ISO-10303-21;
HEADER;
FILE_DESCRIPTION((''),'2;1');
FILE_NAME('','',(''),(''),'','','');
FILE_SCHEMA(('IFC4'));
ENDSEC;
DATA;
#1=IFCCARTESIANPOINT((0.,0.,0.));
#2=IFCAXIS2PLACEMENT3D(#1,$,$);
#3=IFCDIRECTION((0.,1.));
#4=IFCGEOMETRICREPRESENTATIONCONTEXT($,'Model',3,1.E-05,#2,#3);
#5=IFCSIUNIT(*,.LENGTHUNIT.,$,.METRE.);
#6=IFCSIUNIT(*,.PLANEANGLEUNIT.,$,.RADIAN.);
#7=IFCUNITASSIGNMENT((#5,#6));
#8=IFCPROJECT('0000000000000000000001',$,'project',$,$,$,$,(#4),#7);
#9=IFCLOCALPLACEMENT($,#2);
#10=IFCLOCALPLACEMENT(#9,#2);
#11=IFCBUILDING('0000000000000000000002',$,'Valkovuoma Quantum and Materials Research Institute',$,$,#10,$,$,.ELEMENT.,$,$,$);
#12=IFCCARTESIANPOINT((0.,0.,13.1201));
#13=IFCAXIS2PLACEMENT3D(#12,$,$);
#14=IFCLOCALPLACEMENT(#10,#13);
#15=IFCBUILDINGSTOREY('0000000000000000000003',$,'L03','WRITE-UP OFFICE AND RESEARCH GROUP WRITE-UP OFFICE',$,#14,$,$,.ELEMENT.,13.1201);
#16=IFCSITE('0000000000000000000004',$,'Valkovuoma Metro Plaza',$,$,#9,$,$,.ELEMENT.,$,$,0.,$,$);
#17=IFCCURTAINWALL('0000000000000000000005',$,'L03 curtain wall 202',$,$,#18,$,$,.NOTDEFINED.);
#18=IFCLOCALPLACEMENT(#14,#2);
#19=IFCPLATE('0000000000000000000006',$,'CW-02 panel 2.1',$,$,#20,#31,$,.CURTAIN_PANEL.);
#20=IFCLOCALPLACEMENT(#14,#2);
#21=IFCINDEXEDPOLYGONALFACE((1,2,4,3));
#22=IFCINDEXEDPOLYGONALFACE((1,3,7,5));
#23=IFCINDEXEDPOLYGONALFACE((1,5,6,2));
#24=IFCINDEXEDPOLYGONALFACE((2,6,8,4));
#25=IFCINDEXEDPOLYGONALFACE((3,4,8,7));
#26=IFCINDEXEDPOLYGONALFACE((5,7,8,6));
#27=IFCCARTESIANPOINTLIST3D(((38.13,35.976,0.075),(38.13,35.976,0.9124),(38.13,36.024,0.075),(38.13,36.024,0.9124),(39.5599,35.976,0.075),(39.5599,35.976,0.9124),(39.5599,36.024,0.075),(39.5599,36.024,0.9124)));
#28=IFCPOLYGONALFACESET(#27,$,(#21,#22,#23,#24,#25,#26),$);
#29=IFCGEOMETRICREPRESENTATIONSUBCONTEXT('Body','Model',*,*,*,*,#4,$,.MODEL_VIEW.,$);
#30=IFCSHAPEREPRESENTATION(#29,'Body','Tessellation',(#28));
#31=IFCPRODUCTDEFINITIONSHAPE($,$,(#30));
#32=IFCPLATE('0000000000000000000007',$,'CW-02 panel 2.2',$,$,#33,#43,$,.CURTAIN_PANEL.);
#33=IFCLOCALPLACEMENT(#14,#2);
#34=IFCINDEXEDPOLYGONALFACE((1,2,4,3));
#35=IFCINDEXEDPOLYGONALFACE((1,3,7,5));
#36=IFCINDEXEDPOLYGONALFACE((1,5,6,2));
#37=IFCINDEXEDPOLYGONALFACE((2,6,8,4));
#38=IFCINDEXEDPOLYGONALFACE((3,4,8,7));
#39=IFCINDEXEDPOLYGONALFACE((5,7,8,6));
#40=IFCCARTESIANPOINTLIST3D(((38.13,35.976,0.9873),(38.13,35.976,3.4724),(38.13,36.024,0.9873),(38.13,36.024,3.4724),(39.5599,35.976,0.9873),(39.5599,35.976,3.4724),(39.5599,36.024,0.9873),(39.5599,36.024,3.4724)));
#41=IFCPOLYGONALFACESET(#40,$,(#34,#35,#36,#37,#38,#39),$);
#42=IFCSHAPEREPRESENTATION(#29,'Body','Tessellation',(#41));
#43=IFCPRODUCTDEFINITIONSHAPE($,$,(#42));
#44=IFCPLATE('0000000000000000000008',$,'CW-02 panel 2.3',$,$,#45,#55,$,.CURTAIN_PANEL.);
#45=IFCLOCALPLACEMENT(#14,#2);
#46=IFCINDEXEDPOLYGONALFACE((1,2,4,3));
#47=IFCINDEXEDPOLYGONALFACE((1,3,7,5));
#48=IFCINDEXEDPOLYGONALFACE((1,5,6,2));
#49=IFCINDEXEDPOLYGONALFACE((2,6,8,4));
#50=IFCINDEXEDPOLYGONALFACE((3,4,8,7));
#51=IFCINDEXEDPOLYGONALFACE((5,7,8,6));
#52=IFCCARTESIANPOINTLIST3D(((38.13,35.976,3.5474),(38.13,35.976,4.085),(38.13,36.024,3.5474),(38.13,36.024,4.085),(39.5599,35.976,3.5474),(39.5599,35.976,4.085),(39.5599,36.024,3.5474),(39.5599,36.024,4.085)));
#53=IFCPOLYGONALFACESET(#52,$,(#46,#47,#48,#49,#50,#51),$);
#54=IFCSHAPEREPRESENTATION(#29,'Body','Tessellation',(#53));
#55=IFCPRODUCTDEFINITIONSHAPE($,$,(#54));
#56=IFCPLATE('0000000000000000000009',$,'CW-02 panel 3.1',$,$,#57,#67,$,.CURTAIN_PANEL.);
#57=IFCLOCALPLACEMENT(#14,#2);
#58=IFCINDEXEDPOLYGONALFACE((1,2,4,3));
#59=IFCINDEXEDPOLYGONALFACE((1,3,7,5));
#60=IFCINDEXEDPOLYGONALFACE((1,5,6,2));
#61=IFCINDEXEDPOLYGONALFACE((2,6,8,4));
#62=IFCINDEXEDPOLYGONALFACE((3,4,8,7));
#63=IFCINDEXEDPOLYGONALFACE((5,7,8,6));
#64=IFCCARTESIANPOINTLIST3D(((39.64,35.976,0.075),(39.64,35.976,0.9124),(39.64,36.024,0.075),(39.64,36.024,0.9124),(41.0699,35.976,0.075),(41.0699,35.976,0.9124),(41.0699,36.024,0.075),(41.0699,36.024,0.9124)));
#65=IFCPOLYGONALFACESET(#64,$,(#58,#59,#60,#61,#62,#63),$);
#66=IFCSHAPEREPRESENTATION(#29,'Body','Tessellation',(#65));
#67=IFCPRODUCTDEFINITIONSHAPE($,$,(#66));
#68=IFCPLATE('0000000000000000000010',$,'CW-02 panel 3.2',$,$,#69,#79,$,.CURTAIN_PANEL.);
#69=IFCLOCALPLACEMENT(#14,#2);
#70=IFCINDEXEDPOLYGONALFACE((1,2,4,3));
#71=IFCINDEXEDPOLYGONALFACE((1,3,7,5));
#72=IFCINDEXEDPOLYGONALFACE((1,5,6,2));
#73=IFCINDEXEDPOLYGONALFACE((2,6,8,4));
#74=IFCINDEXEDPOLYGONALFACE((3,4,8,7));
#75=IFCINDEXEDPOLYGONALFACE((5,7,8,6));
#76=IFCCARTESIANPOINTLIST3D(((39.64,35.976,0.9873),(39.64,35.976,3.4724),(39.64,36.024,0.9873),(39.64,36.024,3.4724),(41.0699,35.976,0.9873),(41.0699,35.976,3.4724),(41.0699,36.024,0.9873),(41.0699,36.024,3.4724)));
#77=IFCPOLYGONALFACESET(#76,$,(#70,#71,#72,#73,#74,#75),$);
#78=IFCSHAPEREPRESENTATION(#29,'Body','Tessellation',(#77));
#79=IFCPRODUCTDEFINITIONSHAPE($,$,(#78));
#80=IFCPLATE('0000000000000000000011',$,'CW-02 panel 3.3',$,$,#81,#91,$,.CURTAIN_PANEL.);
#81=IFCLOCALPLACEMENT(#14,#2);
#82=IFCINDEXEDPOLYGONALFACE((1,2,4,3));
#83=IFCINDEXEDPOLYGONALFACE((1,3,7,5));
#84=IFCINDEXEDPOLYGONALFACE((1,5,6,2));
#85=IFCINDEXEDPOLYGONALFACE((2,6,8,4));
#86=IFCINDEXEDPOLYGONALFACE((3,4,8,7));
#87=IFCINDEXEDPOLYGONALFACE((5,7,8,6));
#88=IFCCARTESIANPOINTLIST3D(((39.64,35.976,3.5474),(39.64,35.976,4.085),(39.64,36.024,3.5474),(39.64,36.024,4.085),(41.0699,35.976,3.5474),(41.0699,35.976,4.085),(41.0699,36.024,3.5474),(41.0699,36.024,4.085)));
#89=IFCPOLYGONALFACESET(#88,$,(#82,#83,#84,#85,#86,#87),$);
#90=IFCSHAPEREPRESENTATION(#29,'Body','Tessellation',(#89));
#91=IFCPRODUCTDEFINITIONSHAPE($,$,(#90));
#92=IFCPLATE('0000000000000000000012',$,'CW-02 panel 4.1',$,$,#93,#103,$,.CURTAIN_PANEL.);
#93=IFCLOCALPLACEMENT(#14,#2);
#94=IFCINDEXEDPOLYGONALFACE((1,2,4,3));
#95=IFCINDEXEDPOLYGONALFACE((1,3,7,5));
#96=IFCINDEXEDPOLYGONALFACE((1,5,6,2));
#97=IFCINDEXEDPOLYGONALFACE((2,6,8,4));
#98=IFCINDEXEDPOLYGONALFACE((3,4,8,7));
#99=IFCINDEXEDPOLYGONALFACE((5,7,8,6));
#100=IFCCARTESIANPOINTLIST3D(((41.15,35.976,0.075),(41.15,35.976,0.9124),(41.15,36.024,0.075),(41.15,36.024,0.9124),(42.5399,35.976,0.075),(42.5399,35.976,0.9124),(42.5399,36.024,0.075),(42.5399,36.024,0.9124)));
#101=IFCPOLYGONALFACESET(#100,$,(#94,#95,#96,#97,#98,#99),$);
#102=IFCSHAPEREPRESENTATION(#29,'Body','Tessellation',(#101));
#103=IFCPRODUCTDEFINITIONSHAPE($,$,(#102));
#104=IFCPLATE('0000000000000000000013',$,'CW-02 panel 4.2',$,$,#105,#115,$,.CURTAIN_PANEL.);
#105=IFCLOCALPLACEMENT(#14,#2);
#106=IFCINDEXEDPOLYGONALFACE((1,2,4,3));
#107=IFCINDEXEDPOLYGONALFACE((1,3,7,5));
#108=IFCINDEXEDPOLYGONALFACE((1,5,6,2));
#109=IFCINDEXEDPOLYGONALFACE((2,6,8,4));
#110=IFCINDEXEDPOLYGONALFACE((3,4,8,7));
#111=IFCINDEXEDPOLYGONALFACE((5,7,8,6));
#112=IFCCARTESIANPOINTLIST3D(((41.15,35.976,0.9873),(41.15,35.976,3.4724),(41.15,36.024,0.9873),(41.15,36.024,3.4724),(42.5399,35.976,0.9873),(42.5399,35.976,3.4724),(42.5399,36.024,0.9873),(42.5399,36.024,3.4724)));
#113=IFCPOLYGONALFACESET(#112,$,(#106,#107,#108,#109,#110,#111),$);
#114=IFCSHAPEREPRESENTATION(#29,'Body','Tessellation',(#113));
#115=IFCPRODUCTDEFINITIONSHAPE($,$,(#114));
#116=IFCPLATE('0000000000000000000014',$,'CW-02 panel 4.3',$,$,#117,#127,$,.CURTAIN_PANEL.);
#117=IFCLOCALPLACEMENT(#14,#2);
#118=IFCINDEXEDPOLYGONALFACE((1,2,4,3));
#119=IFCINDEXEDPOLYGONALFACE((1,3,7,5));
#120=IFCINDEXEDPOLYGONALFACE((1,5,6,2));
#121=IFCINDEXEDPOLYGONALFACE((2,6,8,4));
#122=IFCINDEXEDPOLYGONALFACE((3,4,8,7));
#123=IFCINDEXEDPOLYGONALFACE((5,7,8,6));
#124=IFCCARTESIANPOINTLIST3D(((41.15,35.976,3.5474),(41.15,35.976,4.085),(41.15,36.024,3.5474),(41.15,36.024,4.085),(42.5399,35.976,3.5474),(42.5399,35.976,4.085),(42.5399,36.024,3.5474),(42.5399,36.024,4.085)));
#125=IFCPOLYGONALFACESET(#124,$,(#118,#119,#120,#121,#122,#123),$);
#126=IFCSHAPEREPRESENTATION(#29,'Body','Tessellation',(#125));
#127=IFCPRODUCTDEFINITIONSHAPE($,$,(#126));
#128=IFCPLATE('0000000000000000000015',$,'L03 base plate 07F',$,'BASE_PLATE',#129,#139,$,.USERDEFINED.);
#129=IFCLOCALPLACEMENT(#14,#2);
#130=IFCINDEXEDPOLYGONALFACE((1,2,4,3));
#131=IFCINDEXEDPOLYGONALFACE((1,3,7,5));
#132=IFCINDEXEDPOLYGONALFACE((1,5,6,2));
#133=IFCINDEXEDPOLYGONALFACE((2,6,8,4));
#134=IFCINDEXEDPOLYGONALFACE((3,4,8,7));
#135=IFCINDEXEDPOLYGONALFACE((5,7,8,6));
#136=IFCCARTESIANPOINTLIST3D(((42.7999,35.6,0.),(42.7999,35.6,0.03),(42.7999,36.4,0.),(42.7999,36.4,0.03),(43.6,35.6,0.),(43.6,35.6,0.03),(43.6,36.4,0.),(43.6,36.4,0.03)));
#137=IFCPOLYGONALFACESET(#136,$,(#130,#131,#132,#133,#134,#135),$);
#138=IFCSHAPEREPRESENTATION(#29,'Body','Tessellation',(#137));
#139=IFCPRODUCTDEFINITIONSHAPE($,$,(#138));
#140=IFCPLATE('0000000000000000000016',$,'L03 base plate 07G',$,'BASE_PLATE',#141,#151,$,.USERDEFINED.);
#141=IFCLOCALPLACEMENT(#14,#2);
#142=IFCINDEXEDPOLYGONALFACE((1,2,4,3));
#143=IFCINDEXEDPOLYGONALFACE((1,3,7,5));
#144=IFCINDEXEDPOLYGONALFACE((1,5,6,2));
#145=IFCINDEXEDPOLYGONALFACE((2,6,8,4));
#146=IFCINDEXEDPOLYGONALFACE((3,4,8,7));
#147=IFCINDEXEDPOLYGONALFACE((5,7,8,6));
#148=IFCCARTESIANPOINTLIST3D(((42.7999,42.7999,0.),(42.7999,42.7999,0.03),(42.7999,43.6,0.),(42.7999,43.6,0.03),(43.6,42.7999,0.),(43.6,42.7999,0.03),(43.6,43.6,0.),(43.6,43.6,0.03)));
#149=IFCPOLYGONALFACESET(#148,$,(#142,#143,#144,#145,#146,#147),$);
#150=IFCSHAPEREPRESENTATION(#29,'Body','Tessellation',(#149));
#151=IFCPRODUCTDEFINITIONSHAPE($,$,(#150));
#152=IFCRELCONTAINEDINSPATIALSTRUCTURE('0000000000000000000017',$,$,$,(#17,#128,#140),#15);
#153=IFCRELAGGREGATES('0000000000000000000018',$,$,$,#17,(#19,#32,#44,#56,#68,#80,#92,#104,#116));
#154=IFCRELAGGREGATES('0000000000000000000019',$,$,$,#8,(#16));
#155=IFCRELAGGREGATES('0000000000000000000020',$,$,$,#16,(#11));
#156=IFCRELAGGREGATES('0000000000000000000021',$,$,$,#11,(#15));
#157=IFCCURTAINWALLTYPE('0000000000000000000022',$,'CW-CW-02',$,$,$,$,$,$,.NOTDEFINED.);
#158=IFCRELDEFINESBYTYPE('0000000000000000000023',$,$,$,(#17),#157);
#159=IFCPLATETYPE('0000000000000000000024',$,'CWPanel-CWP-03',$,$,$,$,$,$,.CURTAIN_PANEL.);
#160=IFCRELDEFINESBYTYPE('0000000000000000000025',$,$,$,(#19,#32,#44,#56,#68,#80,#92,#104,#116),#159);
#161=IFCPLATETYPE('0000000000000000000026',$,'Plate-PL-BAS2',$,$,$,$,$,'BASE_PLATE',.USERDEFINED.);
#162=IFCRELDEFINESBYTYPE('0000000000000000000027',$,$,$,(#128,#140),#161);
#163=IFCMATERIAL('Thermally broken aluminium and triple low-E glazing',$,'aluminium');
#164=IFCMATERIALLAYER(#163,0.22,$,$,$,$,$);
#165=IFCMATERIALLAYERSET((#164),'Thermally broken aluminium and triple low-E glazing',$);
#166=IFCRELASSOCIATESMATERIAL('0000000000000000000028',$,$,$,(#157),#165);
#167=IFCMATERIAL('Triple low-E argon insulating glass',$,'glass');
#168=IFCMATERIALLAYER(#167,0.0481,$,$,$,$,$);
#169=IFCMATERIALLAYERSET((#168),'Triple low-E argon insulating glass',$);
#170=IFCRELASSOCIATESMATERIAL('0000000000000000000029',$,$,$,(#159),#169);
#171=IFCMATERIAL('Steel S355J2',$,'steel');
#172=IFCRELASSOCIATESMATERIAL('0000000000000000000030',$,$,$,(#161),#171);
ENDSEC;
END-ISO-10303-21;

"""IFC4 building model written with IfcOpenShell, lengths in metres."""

from ifc_helpers import new_model, si_unit, direction, frame, origin, origin_2d, place, context, subcontext, project, spatial, rectangle, extrude, material, layer, layer_set, type_object, element, aggregate, save


model = new_model("IFC4")

# Units and contexts
model_context = context("Model", 3, precision=1e-05, world=origin(), true_north=direction((0.0, 1.0)))
body_context = subcontext(model_context, "Body", "Model", "MODEL_VIEW")
ifc_project = project(units=[si_unit("LENGTHUNIT", "METRE"), si_unit("PLANEANGLEUNIT", "RADIAN")], contexts=[model_context])

# Site, building, storey
site_placement = place(None, origin())
site = spatial("IfcSite", under=ifc_project, at=site_placement, Name="Valkovuoma Metro Plaza", CompositionType="ELEMENT", RefElevation=0.0)
building_placement = place(site_placement, origin())
building = spatial("IfcBuilding", under=site, at=building_placement, Name="Valkovuoma Quantum and Materials Research Institute", CompositionType="ELEMENT")
storey_placement = place(building_placement, frame((0.0, 0.0, 13.1201)))
storey = spatial("IfcBuildingStorey", under=building, at=storey_placement, Name="L03", Description="WRITE-UP OFFICE AND RESEARCH GROUP WRITE-UP OFFICE", CompositionType="ELEMENT", Elevation=13.1201)

# Curtain wall
ifc_material_1 = material(Name="Thermally broken aluminium and triple low-E glazing", Category="aluminium")
ifc_layer_1 = layer(ifc_material_1, 0.22)
ifc_layer_set_1 = layer_set([ifc_layer_1], Name="Thermally broken aluminium and triple low-E glazing")
curtain_wall_type = type_object("IfcCurtainWallType", Name="CW-CW-02", PredefinedType="NOTDEFINED", material=ifc_layer_set_1)
curtain_wall_1_placement = place(storey_placement, origin())
curtain_wall_1 = element("IfcCurtainWall", 1, at=curtain_wall_1_placement, inside=storey, type_object=curtain_wall_type, Name="L03 curtain wall 202", PredefinedType="NOTDEFINED")

# Plates
ifc_material_2 = material(Name="Triple low-E argon insulating glass", Category="glass")
ifc_layer_2 = layer(ifc_material_2, 0.0481)
ifc_layer_set_2 = layer_set([ifc_layer_2], Name="Triple low-E argon insulating glass")
plate_type_1 = type_object("IfcPlateType", Name="CWPanel-CWP-03", PredefinedType="CURTAIN_PANEL", material=ifc_layer_set_2)
plate_1_placement = place(storey_placement, frame((38.845, 36.0, 0.075), z_axis=(0.0, 0.0, 1.0), x_axis=(1.0, 0.0, 0.0)))
plate_1 = element("IfcPlate", 2, at=plate_1_placement, type_object=plate_type_1, Name="CW-02 panel 2.1", PredefinedType="CURTAIN_PANEL", context=body_context, shape_type="SweptSolid", body=[
    extrude(rectangle(XDim=1.4299, YDim=0.0481, at=origin_2d()), origin(), (0.0, 0.0, 1.0), 0.8374),
])
plate_2_placement = place(storey_placement, frame((38.845, 36.0, 0.9873), z_axis=(0.0, 0.0, 1.0), x_axis=(1.0, 0.0, 0.0)))
plate_2 = element("IfcPlate", 3, at=plate_2_placement, type_object=plate_type_1, Name="CW-02 panel 2.2", PredefinedType="CURTAIN_PANEL", context=body_context, shape_type="SweptSolid", body=[
    extrude(rectangle(XDim=1.4299, YDim=0.0481, at=origin_2d()), origin(), (0.0, 0.0, 1.0), 2.4851),
])
plate_3_placement = place(storey_placement, frame((38.845, 36.0, 3.5474), z_axis=(0.0, 0.0, 1.0), x_axis=(1.0, 0.0, 0.0)))
plate_3 = element("IfcPlate", 4, at=plate_3_placement, type_object=plate_type_1, Name="CW-02 panel 2.3", PredefinedType="CURTAIN_PANEL", context=body_context, shape_type="SweptSolid", body=[
    extrude(rectangle(XDim=1.4299, YDim=0.0481, at=origin_2d()), origin(), (0.0, 0.0, 1.0), 0.5376),
])
plate_4_placement = place(storey_placement, frame((40.355, 36.0, 0.075), z_axis=(0.0, 0.0, 1.0), x_axis=(1.0, 0.0, 0.0)))
plate_4 = element("IfcPlate", 5, at=plate_4_placement, type_object=plate_type_1, Name="CW-02 panel 3.1", PredefinedType="CURTAIN_PANEL", context=body_context, shape_type="SweptSolid", body=[
    extrude(rectangle(XDim=1.4299, YDim=0.0481, at=origin_2d()), origin(), (0.0, 0.0, 1.0), 0.8374),
])
plate_5_placement = place(storey_placement, frame((40.355, 36.0, 0.9873), z_axis=(0.0, 0.0, 1.0), x_axis=(1.0, 0.0, 0.0)))
plate_5 = element("IfcPlate", 6, at=plate_5_placement, type_object=plate_type_1, Name="CW-02 panel 3.2", PredefinedType="CURTAIN_PANEL", context=body_context, shape_type="SweptSolid", body=[
    extrude(rectangle(XDim=1.4299, YDim=0.0481, at=origin_2d()), origin(), (0.0, 0.0, 1.0), 2.4851),
])
plate_6_placement = place(storey_placement, frame((40.355, 36.0, 3.5474), z_axis=(0.0, 0.0, 1.0), x_axis=(1.0, 0.0, 0.0)))
plate_6 = element("IfcPlate", 7, at=plate_6_placement, type_object=plate_type_1, Name="CW-02 panel 3.3", PredefinedType="CURTAIN_PANEL", context=body_context, shape_type="SweptSolid", body=[
    extrude(rectangle(XDim=1.4299, YDim=0.0481, at=origin_2d()), origin(), (0.0, 0.0, 1.0), 0.5376),
])
plate_7_placement = place(storey_placement, frame((41.845, 36.0, 0.075), z_axis=(0.0, 0.0, 1.0), x_axis=(1.0, 0.0, 0.0)))
plate_7 = element("IfcPlate", 8, at=plate_7_placement, type_object=plate_type_1, Name="CW-02 panel 4.1", PredefinedType="CURTAIN_PANEL", context=body_context, shape_type="SweptSolid", body=[
    extrude(rectangle(XDim=1.3899, YDim=0.0481, at=origin_2d()), origin(), (0.0, 0.0, 1.0), 0.8374),
])
plate_8_placement = place(storey_placement, frame((41.845, 36.0, 0.9873), z_axis=(0.0, 0.0, 1.0), x_axis=(1.0, 0.0, 0.0)))
plate_8 = element("IfcPlate", 9, at=plate_8_placement, type_object=plate_type_1, Name="CW-02 panel 4.2", PredefinedType="CURTAIN_PANEL", context=body_context, shape_type="SweptSolid", body=[
    extrude(rectangle(XDim=1.3899, YDim=0.0481, at=origin_2d()), origin(), (0.0, 0.0, 1.0), 2.4851),
])
plate_9_placement = place(storey_placement, frame((41.845, 36.0, 3.5474), z_axis=(0.0, 0.0, 1.0), x_axis=(1.0, 0.0, 0.0)))
plate_9 = element("IfcPlate", 10, at=plate_9_placement, type_object=plate_type_1, Name="CW-02 panel 4.3", PredefinedType="CURTAIN_PANEL", context=body_context, shape_type="SweptSolid", body=[
    extrude(rectangle(XDim=1.3899, YDim=0.0481, at=origin_2d()), origin(), (0.0, 0.0, 1.0), 0.5376),
])
aggregate(curtain_wall_1, [plate_1, plate_2, plate_3, plate_4, plate_5, plate_6, plate_7, plate_8, plate_9])

# Plates
ifc_material_3 = material(Name="Steel S355J2", Category="steel")
plate_type_2 = type_object("IfcPlateType", Name="Plate-PL-BAS2", ElementType="BASE_PLATE", PredefinedType="USERDEFINED", material=ifc_material_3)
for number, where, z_axis, x_axis, name in (
    (11, (43.2, 36.0, 0.0), (0.0, 0.0, 1.0), (1.0, 0.0, 0.0), "L03 base plate 07F"),
    (12, (43.2, 43.2, 0.0), (0.0, 0.0, 1.0), (1.0, 0.0, 0.0), "L03 base plate 07G"),
):
    element("IfcPlate", number, at=place(storey_placement, frame(where, z_axis=z_axis, x_axis=x_axis)), inside=storey, type_object=plate_type_2, Name=name, ObjectType="BASE_PLATE", PredefinedType="USERDEFINED", context=body_context, shape_type="SweptSolid", body=[
        extrude(rectangle(XDim=0.8, YDim=0.8, at=origin_2d()), origin(), (0.0, 0.0, 1.0), 0.03),
    ])

save(model, "model.ifc")
